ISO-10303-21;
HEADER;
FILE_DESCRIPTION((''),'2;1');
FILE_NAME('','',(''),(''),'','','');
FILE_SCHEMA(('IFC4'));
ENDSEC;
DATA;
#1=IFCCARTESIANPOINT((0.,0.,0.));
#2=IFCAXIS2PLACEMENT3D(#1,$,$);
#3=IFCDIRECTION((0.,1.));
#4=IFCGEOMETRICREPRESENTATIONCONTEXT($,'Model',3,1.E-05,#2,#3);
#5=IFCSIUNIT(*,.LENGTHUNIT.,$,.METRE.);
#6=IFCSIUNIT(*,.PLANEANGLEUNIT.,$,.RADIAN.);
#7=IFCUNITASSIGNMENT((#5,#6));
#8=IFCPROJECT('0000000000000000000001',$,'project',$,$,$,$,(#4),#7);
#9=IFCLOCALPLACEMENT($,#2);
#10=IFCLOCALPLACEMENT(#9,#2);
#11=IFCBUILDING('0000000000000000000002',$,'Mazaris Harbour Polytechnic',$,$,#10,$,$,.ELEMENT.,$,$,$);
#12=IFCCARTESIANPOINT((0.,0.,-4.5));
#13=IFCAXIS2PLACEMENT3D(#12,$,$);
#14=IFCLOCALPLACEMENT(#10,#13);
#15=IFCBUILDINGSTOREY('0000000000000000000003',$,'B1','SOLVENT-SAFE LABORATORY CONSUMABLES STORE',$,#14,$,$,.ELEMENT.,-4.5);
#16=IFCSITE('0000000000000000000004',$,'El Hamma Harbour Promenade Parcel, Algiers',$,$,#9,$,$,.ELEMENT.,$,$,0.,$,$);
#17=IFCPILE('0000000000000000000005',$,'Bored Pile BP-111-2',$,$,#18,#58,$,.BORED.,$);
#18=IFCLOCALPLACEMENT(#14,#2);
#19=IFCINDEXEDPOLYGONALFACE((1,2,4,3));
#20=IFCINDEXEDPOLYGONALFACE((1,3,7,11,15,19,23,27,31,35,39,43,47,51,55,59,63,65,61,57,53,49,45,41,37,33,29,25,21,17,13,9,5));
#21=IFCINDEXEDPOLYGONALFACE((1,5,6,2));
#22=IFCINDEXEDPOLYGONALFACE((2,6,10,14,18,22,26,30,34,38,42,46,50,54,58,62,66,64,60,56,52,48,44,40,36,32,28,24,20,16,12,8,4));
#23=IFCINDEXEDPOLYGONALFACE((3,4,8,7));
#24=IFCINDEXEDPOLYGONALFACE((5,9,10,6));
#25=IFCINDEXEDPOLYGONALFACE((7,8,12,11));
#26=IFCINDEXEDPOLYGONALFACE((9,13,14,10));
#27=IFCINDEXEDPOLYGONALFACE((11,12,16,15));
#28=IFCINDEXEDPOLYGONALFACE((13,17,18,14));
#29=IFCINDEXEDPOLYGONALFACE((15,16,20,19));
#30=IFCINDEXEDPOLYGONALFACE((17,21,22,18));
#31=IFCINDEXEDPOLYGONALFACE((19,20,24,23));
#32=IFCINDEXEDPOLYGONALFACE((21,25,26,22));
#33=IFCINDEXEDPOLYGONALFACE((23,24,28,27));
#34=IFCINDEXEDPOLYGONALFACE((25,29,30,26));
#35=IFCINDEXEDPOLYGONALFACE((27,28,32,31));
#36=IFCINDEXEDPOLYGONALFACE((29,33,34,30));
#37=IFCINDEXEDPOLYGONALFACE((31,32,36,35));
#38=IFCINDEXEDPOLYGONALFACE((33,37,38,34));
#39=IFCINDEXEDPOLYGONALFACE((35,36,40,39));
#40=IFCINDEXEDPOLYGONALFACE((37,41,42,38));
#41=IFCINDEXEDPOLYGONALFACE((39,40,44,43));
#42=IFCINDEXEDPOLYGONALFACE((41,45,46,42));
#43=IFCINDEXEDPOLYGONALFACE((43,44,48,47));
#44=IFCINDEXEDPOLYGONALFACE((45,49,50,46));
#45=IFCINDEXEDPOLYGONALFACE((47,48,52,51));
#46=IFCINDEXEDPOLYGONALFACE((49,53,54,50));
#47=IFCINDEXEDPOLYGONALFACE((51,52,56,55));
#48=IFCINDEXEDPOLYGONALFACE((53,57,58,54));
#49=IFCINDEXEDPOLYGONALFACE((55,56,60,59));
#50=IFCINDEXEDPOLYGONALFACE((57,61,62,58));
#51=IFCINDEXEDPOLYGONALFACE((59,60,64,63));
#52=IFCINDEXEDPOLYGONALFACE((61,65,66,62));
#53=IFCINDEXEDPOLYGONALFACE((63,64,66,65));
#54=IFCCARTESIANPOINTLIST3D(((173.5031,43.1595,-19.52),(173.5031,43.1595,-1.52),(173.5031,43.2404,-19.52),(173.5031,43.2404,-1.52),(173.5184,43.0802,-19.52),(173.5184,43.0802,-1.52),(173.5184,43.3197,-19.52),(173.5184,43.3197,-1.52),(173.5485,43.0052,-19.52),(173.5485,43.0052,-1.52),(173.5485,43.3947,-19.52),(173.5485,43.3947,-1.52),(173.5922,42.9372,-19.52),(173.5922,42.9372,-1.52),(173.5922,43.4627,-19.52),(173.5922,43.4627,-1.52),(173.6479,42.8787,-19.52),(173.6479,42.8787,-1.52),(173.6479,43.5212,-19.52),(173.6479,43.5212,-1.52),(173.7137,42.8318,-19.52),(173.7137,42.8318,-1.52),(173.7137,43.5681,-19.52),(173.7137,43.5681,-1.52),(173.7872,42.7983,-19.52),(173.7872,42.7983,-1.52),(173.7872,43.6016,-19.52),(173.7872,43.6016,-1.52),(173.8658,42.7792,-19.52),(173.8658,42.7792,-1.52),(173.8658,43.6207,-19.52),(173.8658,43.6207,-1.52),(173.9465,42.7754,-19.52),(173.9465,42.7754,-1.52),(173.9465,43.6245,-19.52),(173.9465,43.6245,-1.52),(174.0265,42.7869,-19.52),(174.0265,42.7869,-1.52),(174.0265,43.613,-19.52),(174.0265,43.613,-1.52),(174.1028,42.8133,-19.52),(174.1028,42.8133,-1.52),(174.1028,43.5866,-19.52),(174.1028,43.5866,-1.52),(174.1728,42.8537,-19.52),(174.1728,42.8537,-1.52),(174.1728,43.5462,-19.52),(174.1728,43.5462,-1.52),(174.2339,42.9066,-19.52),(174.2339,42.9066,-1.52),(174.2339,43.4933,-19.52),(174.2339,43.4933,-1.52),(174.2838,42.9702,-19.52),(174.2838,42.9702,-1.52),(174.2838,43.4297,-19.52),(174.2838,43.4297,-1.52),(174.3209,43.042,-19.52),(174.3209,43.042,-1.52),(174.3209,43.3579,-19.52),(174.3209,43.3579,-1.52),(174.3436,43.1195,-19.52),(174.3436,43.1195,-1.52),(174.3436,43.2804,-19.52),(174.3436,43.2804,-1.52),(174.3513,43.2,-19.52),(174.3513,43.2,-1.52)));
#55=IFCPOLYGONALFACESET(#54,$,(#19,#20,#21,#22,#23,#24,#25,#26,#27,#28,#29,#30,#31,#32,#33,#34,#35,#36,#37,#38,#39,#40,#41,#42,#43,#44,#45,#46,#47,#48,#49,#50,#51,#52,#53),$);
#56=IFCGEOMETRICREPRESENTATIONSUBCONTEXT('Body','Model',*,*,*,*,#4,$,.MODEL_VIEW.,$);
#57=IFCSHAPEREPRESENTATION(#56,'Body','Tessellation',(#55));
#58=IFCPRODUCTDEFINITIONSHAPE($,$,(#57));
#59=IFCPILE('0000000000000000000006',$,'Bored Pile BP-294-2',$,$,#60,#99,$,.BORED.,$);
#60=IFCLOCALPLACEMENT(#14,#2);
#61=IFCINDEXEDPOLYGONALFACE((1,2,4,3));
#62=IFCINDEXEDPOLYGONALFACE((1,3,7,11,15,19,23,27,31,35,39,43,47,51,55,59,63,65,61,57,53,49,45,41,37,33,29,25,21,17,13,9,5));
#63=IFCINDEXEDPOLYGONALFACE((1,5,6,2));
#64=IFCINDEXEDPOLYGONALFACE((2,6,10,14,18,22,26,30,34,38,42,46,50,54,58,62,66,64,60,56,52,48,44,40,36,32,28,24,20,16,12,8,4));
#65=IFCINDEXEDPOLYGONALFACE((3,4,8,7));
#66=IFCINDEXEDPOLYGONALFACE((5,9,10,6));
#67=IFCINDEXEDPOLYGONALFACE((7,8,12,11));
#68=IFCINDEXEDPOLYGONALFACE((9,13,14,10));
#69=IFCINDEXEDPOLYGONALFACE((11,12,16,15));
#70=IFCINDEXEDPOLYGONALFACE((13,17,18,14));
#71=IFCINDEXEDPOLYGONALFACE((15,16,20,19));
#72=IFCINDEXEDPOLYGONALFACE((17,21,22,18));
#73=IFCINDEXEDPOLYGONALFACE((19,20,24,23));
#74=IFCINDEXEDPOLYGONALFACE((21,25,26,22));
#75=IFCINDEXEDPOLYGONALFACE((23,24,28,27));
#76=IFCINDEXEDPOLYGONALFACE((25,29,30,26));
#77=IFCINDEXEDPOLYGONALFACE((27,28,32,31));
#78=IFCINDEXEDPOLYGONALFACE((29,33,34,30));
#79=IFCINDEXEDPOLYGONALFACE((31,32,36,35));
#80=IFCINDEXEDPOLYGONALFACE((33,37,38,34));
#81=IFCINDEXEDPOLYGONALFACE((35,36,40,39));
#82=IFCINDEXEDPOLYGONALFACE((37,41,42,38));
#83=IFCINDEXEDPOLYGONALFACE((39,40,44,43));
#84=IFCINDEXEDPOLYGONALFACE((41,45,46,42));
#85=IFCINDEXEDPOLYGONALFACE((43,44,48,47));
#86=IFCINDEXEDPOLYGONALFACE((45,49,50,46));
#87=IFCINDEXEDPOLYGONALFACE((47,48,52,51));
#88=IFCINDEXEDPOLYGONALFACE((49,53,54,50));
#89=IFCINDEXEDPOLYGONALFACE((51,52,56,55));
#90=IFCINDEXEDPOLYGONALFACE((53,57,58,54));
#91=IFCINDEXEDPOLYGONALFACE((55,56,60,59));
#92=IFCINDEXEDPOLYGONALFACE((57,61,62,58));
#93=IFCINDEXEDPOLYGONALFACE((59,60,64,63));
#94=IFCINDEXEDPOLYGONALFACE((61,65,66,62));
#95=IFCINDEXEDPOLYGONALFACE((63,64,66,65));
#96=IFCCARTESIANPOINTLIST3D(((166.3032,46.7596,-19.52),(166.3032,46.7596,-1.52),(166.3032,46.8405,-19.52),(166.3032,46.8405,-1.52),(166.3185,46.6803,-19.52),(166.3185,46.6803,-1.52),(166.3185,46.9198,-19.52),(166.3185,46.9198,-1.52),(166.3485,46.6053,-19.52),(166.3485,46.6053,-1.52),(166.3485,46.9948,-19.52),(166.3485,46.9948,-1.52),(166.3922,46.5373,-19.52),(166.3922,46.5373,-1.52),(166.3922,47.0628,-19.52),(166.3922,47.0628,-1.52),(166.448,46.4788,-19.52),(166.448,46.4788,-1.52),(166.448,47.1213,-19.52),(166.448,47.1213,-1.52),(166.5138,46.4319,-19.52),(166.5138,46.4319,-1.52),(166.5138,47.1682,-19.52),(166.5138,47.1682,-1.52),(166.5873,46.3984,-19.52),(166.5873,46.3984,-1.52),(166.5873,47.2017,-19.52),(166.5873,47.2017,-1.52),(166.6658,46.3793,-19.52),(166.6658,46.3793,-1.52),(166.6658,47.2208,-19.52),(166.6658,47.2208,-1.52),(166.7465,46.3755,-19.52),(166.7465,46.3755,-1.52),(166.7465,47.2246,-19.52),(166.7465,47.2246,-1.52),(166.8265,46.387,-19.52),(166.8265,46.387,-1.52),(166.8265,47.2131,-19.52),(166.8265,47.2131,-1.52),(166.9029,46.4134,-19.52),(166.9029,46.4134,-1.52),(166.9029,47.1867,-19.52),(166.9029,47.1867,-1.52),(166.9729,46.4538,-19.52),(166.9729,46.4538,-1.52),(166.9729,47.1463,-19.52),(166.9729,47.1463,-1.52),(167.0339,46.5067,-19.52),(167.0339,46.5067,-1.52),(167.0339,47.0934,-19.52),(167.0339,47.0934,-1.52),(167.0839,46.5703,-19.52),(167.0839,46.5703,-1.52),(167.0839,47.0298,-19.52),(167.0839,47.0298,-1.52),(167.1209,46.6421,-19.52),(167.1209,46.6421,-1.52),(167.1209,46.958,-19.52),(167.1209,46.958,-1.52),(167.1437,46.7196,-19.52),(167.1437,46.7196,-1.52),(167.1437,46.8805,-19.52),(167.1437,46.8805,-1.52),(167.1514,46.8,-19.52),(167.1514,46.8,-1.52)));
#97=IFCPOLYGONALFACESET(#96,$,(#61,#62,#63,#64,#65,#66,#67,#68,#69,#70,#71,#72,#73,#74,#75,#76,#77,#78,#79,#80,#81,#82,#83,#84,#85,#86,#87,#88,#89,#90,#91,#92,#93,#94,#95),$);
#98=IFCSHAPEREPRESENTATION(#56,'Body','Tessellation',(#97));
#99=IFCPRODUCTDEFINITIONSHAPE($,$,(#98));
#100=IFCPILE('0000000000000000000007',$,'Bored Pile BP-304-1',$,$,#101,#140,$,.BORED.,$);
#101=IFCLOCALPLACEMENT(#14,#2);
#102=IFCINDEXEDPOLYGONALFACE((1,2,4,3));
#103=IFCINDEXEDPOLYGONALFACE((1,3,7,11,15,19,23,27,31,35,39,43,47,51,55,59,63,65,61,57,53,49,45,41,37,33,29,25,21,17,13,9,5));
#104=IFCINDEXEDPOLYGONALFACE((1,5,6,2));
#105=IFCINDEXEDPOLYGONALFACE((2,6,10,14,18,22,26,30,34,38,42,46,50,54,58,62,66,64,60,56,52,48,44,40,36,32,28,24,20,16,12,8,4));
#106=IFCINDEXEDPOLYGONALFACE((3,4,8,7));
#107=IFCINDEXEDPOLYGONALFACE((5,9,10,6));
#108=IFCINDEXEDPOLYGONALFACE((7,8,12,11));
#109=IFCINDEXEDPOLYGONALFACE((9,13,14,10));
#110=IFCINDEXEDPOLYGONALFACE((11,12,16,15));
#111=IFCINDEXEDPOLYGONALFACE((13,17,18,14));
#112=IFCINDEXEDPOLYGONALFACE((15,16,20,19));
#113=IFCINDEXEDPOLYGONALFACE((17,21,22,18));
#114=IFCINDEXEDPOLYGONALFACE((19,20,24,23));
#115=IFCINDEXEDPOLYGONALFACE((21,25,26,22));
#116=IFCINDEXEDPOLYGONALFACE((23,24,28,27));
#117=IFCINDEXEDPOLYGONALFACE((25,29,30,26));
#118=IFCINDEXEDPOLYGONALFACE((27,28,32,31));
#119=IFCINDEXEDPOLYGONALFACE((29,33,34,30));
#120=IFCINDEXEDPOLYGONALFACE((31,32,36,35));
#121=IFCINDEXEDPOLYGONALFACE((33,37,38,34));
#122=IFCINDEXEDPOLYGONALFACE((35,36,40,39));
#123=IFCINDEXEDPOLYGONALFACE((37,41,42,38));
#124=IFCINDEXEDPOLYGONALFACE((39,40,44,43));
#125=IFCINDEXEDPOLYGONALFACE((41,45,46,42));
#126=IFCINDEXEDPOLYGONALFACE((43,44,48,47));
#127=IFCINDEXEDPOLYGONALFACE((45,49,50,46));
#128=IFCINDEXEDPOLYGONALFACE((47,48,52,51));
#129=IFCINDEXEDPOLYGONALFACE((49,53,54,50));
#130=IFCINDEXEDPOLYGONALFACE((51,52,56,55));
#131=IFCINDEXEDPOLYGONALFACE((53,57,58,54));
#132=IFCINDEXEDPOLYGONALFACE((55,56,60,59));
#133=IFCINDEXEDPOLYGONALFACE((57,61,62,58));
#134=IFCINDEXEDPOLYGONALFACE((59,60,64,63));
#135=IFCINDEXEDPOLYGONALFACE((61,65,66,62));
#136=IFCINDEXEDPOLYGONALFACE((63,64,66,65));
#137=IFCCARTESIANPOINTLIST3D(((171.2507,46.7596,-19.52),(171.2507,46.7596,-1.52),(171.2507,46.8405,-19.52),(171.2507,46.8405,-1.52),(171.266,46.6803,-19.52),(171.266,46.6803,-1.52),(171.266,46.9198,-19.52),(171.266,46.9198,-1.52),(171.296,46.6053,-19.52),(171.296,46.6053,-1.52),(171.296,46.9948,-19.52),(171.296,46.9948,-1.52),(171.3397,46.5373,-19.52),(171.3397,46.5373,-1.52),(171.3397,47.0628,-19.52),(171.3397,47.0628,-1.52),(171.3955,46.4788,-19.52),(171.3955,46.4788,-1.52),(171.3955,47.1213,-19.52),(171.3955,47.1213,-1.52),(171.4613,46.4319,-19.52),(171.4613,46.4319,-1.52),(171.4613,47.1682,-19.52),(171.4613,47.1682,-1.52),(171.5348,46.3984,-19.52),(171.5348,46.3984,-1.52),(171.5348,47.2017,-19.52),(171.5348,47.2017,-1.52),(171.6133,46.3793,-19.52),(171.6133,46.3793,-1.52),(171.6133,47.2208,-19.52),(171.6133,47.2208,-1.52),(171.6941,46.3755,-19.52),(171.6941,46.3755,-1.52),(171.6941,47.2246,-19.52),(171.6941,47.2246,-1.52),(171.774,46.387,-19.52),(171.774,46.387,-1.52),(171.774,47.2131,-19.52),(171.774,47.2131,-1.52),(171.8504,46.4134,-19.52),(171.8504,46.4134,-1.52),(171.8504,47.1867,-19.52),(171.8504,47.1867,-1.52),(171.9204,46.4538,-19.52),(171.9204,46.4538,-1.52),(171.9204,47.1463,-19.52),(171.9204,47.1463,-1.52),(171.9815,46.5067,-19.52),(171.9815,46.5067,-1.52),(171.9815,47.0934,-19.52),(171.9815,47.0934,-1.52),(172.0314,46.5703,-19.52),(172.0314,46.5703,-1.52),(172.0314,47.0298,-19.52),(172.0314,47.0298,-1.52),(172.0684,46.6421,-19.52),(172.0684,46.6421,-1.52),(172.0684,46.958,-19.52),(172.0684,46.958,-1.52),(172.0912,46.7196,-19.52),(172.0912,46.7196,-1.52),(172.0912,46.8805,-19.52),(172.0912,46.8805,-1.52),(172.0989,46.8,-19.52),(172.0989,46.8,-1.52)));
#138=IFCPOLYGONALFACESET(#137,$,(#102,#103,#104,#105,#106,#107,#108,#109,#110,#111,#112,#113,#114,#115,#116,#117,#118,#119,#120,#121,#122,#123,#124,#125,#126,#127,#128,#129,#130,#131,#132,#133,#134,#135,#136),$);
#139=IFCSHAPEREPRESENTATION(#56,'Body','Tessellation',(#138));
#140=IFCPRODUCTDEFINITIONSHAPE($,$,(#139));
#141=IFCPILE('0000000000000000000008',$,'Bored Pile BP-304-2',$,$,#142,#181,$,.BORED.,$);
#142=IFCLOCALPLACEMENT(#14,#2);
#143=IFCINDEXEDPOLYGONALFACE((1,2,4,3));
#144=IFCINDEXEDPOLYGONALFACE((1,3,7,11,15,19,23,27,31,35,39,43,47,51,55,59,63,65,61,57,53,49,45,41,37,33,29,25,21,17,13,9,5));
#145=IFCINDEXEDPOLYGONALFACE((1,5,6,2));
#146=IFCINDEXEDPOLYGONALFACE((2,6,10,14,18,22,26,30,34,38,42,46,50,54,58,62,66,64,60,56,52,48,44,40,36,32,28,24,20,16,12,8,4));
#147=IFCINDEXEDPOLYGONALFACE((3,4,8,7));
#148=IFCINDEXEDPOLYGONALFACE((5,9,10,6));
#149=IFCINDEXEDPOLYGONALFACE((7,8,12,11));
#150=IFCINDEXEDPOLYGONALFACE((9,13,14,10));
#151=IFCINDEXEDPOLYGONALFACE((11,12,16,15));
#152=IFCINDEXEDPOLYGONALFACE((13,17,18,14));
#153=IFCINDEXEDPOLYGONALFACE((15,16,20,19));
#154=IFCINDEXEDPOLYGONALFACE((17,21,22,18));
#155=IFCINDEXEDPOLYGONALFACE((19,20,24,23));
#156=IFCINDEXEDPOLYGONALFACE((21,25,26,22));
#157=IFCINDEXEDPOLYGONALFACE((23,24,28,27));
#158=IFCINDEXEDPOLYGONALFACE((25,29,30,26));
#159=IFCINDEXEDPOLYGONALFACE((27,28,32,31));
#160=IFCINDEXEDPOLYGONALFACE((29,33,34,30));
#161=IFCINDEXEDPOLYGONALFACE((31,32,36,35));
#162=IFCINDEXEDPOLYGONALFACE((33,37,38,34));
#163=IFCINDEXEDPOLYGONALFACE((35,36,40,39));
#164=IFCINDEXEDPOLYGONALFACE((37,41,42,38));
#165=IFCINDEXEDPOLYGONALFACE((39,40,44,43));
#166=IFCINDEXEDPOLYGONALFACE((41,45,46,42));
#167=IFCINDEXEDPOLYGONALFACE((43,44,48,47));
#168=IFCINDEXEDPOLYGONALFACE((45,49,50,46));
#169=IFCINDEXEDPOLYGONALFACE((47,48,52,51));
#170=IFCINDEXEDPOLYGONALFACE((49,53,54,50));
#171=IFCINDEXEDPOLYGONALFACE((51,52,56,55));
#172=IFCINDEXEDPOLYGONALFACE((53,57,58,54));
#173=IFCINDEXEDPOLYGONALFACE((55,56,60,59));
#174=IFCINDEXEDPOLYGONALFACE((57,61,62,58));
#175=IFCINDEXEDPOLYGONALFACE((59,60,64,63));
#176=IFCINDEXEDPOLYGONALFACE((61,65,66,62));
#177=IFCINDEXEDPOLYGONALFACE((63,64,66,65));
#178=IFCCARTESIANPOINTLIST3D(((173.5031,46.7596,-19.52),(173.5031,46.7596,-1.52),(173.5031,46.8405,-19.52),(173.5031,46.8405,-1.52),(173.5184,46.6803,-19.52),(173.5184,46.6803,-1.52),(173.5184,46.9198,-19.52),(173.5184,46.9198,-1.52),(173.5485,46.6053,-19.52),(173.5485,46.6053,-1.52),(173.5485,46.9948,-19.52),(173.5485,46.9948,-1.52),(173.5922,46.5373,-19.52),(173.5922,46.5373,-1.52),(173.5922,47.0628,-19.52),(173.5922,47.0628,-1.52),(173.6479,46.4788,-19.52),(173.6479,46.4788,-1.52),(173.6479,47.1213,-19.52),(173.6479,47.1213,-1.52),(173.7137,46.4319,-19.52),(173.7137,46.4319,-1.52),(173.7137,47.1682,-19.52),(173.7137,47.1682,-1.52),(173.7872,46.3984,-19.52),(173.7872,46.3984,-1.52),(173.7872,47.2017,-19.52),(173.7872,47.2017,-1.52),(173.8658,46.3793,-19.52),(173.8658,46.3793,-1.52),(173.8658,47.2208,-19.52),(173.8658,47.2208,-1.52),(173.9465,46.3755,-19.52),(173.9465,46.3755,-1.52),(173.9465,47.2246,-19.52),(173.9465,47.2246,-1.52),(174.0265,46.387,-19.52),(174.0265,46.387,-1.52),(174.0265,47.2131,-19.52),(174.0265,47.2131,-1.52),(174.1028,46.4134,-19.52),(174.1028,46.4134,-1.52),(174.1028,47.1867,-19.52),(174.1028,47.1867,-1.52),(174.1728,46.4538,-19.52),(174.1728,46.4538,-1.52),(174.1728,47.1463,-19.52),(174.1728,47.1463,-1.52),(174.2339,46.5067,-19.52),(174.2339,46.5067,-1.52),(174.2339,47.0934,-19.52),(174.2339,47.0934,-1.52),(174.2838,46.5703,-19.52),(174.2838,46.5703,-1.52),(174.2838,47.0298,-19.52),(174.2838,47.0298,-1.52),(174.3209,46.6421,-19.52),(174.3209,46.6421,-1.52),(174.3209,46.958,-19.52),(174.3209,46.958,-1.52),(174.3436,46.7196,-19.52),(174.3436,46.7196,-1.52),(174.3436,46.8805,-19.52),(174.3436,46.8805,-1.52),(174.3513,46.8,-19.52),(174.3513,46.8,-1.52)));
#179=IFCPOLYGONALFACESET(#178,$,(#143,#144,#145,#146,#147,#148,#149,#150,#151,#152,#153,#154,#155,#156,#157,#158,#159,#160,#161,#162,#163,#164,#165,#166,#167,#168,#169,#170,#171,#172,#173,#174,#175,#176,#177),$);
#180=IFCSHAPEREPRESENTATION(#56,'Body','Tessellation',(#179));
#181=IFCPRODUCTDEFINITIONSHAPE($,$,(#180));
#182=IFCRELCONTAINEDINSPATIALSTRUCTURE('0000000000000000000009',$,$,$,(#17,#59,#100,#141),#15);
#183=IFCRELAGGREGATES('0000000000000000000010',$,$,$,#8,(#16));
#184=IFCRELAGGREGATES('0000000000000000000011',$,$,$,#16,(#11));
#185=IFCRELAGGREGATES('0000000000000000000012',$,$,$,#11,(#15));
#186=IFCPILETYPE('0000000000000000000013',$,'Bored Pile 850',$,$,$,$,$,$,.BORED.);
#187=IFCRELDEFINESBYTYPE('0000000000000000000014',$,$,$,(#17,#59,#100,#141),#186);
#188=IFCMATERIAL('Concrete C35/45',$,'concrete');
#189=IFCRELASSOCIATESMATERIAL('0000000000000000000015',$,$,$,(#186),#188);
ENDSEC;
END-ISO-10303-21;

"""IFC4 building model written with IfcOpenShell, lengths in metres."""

from ifc_helpers import new_model, si_unit, direction, frame, origin, origin_2d, place, context, subcontext, project, spatial, circle, extrude, material, material_profile, profile_set, type_object, element, save


model = new_model("IFC4")

# Units and contexts
model_context = context("Model", 3, precision=1e-05, world=origin(), true_north=direction((0.0, 1.0)))
body_context = subcontext(model_context, "Body", "Model", "MODEL_VIEW")
ifc_project = project(units=[si_unit("LENGTHUNIT", "METRE"), si_unit("PLANEANGLEUNIT", "RADIAN")], contexts=[model_context])

# Site, building, storey
site_placement = place(None, origin())
site = spatial("IfcSite", under=ifc_project, at=site_placement, Name="El Hamma Harbour Promenade Parcel, Algiers", CompositionType="ELEMENT", RefElevation=0.0)
building_placement = place(site_placement, origin())
building = spatial("IfcBuilding", under=site, at=building_placement, Name="Mazaris Harbour Polytechnic", CompositionType="ELEMENT")
storey_placement = place(building_placement, frame((0.0, 0.0, -4.5)))
storey = spatial("IfcBuildingStorey", under=building, at=storey_placement, Name="B1", Description="SOLVENT-SAFE LABORATORY CONSUMABLES STORE", CompositionType="ELEMENT", Elevation=-4.5)

# Piles
ifc_material_1 = material(Name="Concrete C35/45", Category="concrete")
ifc_material_profile_1 = material_profile(ifc_material_1, circle(Radius=0.425, at=origin_2d()), Name="DIA850")
ifc_profile_set_1 = profile_set([ifc_material_profile_1], Name="Concrete C35/45")
pile_type_1 = type_object("IfcPileType", Name="Bored Pile 850", PredefinedType="BORED", material=ifc_profile_set_1)
for number, where, z_axis, x_axis, name in (
    (1, (173.9263, 43.2, -1.52), (0.0, 0.0, -1.0), (1.0, 0.0, 0.0), "Bored Pile BP-111-2"),
    (2, (166.7263, 46.8, -1.52), (0.0, 0.0, -1.0), (1.0, 0.0, 0.0), "Bored Pile BP-294-2"),
    (3, (171.6738, 46.8, -1.52), (0.0, 0.0, -1.0), (1.0, 0.0, 0.0), "Bored Pile BP-304-1"),
    (4, (173.9263, 46.8, -1.52), (0.0, 0.0, -1.0), (1.0, 0.0, 0.0), "Bored Pile BP-304-2"),
):
    element("IfcPile", number, at=place(storey_placement, frame(where, z_axis=z_axis, x_axis=x_axis)), inside=storey, type_object=pile_type_1, Name=name, PredefinedType="BORED", context=body_context, shape_type="SweptSolid", body=[
        extrude(circle(Radius=0.425, at=origin_2d()), origin(), (0.0, 0.0, 1.0), 18.0),
    ])

save(model, "model.ifc")
